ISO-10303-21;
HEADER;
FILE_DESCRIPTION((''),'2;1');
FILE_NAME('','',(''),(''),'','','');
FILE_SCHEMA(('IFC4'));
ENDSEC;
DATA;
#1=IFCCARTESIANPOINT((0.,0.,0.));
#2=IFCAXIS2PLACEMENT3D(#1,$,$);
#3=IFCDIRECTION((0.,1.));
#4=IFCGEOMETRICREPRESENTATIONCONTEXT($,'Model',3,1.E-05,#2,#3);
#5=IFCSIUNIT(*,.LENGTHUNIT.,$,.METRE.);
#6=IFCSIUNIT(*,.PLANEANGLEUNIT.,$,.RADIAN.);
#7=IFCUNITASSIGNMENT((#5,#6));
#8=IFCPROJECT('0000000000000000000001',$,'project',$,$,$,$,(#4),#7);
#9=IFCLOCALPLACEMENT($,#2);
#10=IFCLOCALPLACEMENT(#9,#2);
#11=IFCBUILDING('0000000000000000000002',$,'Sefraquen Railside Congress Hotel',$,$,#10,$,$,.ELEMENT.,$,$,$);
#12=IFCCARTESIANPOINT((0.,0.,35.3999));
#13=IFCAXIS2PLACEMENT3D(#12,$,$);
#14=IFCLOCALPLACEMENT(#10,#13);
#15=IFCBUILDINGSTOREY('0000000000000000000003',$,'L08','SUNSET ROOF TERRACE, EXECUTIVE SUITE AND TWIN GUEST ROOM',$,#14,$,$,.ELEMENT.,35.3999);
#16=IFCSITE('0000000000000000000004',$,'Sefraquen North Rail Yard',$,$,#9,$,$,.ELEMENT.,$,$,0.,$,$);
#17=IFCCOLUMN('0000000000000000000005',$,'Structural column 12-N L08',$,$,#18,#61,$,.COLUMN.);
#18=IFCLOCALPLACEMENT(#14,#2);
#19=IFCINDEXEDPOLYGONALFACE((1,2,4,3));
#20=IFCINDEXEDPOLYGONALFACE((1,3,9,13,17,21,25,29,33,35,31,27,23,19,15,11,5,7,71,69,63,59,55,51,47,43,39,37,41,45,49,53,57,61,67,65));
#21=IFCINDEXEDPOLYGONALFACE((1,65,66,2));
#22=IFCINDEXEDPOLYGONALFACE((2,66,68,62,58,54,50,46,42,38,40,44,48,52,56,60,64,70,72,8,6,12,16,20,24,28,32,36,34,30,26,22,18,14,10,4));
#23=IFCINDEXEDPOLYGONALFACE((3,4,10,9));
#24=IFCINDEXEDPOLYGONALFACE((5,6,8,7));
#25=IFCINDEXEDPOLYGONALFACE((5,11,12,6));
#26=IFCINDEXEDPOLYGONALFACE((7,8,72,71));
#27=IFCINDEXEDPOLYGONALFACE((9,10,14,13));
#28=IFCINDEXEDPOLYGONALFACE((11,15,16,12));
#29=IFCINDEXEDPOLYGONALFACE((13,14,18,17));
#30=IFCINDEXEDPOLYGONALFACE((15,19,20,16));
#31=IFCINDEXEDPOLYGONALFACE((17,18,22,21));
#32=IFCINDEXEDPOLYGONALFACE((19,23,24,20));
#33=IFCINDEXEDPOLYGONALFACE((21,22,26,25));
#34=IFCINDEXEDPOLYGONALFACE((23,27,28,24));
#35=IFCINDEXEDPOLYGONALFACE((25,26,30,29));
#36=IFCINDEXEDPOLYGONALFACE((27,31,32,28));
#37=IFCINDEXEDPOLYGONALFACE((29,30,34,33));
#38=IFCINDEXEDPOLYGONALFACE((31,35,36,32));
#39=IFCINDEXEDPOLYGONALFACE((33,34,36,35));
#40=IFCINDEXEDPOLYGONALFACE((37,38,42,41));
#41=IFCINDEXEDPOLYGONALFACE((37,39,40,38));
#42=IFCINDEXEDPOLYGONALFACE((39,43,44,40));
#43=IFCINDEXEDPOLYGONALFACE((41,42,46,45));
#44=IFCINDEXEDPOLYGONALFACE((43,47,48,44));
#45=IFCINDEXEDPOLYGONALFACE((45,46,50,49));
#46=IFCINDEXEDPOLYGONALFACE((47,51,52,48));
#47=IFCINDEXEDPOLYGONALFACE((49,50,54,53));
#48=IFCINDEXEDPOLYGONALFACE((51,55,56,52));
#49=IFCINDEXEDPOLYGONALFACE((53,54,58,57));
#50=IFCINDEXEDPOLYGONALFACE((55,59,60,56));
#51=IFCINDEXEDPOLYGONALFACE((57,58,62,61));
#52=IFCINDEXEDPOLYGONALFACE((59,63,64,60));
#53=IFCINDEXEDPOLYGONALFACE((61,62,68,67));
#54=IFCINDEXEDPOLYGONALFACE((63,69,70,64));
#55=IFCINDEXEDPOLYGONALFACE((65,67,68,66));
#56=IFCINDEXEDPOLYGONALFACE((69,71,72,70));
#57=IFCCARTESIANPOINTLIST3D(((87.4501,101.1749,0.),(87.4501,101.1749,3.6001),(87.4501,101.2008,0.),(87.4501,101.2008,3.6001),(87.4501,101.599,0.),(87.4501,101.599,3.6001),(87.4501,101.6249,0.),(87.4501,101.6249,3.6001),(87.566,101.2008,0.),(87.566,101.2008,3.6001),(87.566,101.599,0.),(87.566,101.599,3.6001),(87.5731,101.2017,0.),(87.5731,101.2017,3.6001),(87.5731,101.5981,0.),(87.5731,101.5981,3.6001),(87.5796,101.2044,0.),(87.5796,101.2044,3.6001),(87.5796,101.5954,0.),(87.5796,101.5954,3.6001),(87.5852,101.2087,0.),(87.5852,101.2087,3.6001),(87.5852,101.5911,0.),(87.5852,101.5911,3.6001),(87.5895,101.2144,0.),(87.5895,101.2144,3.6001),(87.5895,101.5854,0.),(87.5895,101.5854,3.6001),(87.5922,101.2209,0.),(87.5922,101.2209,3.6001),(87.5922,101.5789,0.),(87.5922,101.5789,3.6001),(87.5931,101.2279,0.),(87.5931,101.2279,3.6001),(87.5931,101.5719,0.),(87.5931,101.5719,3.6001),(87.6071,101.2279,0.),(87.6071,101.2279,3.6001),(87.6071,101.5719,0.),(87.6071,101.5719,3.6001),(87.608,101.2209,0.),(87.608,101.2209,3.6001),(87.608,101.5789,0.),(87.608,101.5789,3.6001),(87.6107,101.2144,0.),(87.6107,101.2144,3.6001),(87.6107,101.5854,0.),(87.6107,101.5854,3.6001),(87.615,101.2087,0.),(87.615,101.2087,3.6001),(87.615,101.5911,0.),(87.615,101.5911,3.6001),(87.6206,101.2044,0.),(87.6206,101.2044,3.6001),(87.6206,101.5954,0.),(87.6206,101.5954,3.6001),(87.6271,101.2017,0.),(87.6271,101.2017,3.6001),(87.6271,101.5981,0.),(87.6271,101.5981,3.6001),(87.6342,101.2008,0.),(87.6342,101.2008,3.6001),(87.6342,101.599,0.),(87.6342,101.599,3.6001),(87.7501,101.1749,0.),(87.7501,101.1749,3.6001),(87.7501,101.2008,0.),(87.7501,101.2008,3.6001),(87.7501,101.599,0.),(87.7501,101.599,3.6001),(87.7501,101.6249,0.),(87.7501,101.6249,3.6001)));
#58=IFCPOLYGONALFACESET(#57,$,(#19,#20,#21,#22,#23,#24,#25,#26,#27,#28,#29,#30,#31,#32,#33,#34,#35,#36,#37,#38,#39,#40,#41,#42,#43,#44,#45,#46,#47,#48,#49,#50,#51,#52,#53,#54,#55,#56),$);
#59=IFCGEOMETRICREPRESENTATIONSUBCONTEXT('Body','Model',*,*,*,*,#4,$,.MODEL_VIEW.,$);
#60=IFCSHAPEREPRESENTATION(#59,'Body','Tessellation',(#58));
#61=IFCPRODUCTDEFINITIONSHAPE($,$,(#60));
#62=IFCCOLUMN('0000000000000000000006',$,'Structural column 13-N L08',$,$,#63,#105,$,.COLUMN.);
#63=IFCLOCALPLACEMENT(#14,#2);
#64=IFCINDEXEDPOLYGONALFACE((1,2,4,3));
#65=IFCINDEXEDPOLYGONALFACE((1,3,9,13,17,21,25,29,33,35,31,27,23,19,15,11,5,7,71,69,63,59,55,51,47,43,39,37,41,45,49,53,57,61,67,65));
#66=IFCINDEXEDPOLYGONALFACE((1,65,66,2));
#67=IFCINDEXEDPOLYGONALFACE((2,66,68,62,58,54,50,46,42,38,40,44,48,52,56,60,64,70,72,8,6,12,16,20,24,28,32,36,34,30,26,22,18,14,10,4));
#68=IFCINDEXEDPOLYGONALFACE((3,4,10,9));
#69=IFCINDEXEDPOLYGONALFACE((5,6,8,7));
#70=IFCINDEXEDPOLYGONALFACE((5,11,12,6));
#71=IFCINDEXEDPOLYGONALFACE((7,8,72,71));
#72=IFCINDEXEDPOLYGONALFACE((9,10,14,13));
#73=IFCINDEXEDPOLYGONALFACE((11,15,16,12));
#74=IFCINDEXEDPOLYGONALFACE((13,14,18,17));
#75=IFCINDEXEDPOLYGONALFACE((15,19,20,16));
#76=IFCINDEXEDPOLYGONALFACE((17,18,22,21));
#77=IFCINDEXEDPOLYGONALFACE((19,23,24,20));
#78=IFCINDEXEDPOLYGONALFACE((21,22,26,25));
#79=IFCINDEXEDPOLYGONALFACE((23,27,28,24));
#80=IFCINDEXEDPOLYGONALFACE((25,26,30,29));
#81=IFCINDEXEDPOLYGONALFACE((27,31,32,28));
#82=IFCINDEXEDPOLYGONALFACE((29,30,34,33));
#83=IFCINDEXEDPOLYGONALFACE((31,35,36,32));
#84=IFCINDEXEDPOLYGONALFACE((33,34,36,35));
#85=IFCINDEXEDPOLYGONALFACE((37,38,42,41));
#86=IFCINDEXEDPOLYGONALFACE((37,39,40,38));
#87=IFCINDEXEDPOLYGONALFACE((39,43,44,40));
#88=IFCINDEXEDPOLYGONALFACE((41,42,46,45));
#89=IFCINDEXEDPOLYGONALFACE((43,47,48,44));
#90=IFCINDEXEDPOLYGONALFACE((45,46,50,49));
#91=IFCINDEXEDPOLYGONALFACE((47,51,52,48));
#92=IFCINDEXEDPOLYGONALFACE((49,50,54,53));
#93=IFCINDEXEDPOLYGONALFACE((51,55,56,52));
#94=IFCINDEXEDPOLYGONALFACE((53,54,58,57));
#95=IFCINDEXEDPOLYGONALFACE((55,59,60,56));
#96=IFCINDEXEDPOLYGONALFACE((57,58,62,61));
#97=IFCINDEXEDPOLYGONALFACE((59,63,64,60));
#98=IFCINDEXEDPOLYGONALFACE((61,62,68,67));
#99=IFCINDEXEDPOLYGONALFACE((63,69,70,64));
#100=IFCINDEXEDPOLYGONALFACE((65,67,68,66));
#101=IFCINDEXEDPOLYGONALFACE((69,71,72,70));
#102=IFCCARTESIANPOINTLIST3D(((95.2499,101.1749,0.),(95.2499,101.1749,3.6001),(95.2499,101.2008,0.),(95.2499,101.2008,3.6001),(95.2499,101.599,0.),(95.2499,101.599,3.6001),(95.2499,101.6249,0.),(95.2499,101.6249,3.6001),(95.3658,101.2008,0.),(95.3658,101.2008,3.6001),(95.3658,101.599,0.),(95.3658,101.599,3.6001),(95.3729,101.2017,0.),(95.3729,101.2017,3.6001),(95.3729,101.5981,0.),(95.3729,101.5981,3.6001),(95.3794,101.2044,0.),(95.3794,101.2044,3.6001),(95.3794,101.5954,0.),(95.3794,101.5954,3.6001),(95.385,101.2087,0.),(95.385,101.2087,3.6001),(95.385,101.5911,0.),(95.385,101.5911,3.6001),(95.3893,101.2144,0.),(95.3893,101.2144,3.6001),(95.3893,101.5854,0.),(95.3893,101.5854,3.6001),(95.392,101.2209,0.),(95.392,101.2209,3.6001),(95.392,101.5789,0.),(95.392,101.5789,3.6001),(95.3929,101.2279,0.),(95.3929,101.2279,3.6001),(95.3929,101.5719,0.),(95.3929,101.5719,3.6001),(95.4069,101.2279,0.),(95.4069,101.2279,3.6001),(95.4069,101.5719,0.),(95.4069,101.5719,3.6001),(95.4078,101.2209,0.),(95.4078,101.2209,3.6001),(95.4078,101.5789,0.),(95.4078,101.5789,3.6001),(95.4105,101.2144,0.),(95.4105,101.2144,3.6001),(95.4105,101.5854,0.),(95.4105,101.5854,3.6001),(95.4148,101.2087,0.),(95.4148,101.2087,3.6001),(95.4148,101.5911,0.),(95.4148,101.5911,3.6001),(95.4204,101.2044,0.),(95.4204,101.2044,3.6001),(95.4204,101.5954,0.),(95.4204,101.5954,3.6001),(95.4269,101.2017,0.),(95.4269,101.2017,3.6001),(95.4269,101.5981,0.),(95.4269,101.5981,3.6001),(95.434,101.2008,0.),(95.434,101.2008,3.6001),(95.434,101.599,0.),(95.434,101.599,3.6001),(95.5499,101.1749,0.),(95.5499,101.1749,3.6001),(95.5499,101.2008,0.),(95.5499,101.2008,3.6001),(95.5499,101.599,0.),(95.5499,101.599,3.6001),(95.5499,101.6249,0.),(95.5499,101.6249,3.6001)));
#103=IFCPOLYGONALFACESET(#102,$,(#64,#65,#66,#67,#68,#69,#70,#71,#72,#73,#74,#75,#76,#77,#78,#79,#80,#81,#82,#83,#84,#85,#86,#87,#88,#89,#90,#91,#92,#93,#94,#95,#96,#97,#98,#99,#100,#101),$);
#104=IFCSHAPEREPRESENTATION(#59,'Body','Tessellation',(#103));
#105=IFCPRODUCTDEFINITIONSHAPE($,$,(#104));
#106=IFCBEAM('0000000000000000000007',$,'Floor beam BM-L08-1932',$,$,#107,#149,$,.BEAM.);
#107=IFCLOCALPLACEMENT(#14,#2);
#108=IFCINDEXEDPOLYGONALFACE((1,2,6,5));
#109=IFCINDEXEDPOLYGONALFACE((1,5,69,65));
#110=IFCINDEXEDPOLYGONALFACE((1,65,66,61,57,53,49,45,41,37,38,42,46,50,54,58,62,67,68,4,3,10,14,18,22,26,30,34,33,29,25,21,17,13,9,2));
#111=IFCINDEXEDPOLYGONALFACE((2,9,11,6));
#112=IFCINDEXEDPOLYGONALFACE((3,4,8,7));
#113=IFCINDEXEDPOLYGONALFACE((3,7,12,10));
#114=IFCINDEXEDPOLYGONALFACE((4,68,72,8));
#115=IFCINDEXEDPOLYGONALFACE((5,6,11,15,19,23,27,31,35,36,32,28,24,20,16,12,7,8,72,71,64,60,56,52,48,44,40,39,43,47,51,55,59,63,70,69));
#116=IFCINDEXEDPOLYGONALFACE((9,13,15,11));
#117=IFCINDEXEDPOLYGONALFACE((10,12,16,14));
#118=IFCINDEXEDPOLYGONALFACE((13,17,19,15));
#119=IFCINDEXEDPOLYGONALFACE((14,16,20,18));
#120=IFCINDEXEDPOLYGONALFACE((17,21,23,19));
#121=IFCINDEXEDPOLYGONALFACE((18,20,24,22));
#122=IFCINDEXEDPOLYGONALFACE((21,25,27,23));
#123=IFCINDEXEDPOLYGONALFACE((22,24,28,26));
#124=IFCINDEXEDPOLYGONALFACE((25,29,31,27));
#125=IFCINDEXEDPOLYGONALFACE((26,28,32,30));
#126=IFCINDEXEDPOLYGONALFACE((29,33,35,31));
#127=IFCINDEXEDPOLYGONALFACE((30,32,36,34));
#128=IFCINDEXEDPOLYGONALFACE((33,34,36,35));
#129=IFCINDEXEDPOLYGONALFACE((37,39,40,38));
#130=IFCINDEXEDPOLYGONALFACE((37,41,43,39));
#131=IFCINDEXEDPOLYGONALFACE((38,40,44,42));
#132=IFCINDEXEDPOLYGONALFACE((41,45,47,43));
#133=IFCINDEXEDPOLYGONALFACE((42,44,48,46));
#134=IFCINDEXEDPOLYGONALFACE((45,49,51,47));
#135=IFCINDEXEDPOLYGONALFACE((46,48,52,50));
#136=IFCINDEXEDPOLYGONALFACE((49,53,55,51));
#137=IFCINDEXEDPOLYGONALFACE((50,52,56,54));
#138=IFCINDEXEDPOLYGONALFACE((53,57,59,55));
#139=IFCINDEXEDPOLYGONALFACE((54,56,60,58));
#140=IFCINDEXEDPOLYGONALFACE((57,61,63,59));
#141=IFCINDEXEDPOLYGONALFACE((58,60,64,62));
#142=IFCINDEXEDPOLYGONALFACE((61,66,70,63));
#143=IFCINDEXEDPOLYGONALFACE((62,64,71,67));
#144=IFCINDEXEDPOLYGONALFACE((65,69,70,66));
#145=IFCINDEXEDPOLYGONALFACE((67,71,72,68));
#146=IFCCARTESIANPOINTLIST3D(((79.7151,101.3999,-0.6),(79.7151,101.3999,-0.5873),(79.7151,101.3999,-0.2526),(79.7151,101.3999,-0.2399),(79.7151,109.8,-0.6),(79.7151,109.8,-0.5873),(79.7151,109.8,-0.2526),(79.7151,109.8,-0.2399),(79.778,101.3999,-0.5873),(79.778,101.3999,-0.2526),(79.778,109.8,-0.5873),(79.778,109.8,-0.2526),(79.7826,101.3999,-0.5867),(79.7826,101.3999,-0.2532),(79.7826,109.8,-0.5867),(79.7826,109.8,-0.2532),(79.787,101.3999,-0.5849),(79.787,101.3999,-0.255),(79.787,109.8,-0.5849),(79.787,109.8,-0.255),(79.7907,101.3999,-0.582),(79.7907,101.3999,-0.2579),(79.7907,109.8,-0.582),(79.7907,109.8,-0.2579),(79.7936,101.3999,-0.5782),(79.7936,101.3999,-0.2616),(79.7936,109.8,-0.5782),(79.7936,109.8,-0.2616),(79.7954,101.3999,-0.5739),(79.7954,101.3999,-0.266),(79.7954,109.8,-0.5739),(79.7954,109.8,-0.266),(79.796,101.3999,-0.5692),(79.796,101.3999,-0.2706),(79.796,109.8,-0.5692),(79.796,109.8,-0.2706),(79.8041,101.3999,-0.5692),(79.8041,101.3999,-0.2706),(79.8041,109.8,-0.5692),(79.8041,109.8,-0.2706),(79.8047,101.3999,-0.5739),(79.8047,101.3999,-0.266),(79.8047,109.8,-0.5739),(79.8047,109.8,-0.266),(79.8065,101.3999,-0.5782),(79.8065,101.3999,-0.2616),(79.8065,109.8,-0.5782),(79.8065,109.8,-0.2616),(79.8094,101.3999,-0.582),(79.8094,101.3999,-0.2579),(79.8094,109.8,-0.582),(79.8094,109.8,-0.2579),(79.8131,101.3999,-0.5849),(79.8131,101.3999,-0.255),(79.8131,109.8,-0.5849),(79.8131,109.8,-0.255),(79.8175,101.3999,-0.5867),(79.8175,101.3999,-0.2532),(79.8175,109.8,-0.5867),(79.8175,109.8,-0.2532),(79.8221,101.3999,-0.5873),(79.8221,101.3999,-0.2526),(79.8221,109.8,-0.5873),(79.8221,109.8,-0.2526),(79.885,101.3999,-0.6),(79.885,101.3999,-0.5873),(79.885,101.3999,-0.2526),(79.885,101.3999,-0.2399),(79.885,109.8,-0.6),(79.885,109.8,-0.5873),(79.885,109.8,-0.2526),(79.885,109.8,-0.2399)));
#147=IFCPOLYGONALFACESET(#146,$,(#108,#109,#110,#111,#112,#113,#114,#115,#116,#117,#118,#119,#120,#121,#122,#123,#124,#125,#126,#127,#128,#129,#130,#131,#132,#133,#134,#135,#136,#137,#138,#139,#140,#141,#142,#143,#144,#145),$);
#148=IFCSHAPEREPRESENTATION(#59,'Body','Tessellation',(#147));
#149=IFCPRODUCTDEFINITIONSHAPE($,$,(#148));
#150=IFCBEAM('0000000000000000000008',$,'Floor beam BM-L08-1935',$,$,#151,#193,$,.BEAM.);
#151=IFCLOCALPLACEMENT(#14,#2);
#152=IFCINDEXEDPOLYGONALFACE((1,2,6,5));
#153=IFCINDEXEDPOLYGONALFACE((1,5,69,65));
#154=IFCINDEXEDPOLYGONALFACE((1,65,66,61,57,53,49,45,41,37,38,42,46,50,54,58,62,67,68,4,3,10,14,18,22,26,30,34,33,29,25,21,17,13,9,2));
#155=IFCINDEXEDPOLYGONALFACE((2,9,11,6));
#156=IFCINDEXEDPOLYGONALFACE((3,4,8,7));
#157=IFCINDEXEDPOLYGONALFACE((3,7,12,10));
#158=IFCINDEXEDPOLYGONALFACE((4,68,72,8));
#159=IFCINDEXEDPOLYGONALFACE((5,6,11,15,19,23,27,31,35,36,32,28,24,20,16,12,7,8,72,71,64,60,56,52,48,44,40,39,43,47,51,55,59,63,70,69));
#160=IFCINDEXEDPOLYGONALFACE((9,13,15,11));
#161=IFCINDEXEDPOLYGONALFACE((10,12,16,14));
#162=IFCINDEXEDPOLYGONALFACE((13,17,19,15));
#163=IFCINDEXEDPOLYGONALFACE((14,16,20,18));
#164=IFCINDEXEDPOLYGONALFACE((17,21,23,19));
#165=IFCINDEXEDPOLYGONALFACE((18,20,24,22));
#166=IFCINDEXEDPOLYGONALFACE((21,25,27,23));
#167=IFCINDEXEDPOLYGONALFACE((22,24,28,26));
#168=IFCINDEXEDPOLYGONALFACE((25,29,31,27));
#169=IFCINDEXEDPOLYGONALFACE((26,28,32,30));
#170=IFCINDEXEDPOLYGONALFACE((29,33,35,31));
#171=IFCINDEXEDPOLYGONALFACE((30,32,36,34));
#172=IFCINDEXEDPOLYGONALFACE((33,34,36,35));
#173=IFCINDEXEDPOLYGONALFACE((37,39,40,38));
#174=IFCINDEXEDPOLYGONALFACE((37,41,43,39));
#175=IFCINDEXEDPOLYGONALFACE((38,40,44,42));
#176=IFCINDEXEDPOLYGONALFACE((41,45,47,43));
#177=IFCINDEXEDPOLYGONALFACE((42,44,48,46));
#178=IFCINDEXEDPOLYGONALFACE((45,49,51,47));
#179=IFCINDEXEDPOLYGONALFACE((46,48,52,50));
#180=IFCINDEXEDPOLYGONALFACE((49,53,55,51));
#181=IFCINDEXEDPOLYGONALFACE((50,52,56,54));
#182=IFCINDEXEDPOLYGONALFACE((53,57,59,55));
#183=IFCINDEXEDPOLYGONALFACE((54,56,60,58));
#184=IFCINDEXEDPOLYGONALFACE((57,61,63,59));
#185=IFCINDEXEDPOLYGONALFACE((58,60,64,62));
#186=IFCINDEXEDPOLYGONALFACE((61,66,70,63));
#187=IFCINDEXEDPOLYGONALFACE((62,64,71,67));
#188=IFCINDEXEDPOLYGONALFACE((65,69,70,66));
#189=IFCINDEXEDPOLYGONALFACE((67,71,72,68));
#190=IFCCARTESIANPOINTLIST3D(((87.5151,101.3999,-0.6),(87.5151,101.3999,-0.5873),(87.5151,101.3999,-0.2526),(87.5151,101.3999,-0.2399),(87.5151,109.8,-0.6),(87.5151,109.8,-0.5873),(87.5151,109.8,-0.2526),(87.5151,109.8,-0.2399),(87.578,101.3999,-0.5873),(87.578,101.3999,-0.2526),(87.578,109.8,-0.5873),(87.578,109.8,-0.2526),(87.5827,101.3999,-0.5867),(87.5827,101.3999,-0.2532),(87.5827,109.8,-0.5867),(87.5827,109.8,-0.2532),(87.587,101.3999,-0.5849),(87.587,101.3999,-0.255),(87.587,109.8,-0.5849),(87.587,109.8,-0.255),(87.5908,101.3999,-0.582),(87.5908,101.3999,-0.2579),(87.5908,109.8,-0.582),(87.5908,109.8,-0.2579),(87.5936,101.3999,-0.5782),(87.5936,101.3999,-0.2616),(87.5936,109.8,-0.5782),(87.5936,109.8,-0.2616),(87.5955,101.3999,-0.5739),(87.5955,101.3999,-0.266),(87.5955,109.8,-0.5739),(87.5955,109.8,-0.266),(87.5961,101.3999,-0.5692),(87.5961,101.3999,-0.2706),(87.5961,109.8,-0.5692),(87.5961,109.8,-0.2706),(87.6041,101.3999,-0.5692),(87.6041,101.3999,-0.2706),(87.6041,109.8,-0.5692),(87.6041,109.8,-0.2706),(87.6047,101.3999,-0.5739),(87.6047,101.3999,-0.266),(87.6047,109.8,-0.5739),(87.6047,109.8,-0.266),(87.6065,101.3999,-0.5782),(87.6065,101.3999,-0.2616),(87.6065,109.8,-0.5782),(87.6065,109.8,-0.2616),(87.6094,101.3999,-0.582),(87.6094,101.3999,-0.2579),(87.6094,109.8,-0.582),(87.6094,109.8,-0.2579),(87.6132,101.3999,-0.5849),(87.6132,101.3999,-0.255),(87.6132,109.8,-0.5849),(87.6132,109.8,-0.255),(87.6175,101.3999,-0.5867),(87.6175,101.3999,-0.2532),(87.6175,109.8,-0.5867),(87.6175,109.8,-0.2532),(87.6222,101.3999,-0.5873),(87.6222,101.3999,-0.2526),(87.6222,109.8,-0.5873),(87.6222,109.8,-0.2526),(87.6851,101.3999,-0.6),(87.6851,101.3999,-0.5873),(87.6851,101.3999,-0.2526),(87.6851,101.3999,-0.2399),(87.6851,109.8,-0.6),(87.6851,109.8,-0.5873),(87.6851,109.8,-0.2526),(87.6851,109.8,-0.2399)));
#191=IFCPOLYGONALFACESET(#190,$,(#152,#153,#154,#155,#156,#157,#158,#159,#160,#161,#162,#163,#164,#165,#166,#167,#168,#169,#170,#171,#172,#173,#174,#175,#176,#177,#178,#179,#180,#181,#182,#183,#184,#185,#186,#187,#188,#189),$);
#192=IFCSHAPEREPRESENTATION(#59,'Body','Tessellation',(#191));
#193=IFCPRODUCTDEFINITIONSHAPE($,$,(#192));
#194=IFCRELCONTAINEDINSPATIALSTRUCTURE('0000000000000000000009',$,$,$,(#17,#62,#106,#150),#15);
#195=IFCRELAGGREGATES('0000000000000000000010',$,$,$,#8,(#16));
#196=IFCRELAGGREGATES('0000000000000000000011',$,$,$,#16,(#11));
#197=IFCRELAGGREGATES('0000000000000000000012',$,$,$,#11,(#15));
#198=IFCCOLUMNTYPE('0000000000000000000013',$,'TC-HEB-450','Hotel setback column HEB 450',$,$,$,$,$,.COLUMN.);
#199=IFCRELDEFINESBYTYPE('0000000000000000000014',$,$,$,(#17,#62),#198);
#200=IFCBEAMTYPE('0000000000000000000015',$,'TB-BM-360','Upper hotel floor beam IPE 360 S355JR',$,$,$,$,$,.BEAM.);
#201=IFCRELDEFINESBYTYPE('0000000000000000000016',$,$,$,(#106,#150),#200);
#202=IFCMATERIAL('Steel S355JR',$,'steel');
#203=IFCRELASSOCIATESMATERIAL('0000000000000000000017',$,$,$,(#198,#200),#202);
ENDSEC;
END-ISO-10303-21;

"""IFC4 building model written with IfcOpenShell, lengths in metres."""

from ifc_helpers import new_model, si_unit, direction, frame, origin, origin_2d, place, context, subcontext, project, spatial, i_section, extrude, material, material_profile, profile_set, type_object, element, save


model = new_model("IFC4")

# Units and contexts
model_context = context("Model", 3, precision=1e-05, world=origin(), true_north=direction((0.0, 1.0)))
body_context = subcontext(model_context, "Body", "Model", "MODEL_VIEW")
ifc_project = project(units=[si_unit("LENGTHUNIT", "METRE"), si_unit("PLANEANGLEUNIT", "RADIAN")], contexts=[model_context])

# Site, building, storey
site_placement = place(None, origin())
site = spatial("IfcSite", under=ifc_project, at=site_placement, Name="Sefraquen North Rail Yard", CompositionType="ELEMENT", RefElevation=0.0)
building_placement = place(site_placement, origin())
building = spatial("IfcBuilding", under=site, at=building_placement, Name="Sefraquen Railside Congress Hotel", CompositionType="ELEMENT")
storey_placement = place(building_placement, frame((0.0, 0.0, 35.3999)))
storey = spatial("IfcBuildingStorey", under=building, at=storey_placement, Name="L08", Description="SUNSET ROOF TERRACE, EXECUTIVE SUITE AND TWIN GUEST ROOM", CompositionType="ELEMENT", Elevation=35.3999)

# Columns
ifc_material_1 = material(Name="Steel S355JR", Category="steel")
ifc_material_profile_1 = material_profile(ifc_material_1, i_section(OverallWidth=0.3, OverallDepth=0.45, WebThickness=0.0139, FlangeThickness=0.0259, FilletRadius=0.0271, at=origin_2d()), Name="HEB 450")
ifc_profile_set_1 = profile_set([ifc_material_profile_1], Name="Steel S355JR")
column_type = type_object("IfcColumnType", Name="TC-HEB-450", Description="Hotel setback column HEB 450", PredefinedType="COLUMN", material=ifc_profile_set_1)
for number, where, z_axis, x_axis, name in (
    (1, (87.6001, 101.3999, 0.0), (0.0, 0.0, 1.0), (1.0, 0.0, 0.0), "Structural column 12-N L08"),
    (2, (95.3999, 101.3999, 0.0), (0.0, 0.0, 1.0), (1.0, 0.0, 0.0), "Structural column 13-N L08"),
):
    element("IfcColumn", number, at=place(storey_placement, frame(where, z_axis=z_axis, x_axis=x_axis)), inside=storey, type_object=column_type, Name=name, PredefinedType="COLUMN", context=body_context, shape_type="SweptSolid", body=[
        extrude(i_section(OverallWidth=0.3, OverallDepth=0.45, WebThickness=0.0139, FlangeThickness=0.0259, FilletRadius=0.0271, at=origin_2d()), origin(), (0.0, 0.0, 1.0), 3.6001),
    ])

# Beams
ifc_material_profile_2 = material_profile(ifc_material_1, i_section(OverallWidth=0.1699, OverallDepth=0.3601, WebThickness=0.0081, FlangeThickness=0.0127, FilletRadius=0.0181, at=origin_2d()), Name="IPE 360")
ifc_profile_set_2 = profile_set([ifc_material_profile_2], Name="Steel S355JR")
beam_type_1 = type_object("IfcBeamType", Name="TB-BM-360", Description="Upper hotel floor beam IPE 360 S355JR", PredefinedType="BEAM", material=ifc_profile_set_2)
for number, where, z_axis, x_axis, name in (
    (3, (79.8, 101.3999, -0.4199), (0.0, 1.0, 0.0), (-1.0, 0.0, 0.0), "Floor beam BM-L08-1932"),
    (4, (87.6001, 101.3999, -0.4199), (0.0, 1.0, 0.0), (-1.0, 0.0, 0.0), "Floor beam BM-L08-1935"),
):
    element("IfcBeam", number, at=place(storey_placement, frame(where, z_axis=z_axis, x_axis=x_axis)), inside=storey, type_object=beam_type_1, Name=name, PredefinedType="BEAM", context=body_context, shape_type="SweptSolid", body=[
        extrude(i_section(OverallWidth=0.1699, OverallDepth=0.3601, WebThickness=0.0081, FlangeThickness=0.0127, FilletRadius=0.0181, at=origin_2d()), origin(), (0.0, 0.0, 1.0), 8.4001),
    ])

save(model, "model.ifc")
